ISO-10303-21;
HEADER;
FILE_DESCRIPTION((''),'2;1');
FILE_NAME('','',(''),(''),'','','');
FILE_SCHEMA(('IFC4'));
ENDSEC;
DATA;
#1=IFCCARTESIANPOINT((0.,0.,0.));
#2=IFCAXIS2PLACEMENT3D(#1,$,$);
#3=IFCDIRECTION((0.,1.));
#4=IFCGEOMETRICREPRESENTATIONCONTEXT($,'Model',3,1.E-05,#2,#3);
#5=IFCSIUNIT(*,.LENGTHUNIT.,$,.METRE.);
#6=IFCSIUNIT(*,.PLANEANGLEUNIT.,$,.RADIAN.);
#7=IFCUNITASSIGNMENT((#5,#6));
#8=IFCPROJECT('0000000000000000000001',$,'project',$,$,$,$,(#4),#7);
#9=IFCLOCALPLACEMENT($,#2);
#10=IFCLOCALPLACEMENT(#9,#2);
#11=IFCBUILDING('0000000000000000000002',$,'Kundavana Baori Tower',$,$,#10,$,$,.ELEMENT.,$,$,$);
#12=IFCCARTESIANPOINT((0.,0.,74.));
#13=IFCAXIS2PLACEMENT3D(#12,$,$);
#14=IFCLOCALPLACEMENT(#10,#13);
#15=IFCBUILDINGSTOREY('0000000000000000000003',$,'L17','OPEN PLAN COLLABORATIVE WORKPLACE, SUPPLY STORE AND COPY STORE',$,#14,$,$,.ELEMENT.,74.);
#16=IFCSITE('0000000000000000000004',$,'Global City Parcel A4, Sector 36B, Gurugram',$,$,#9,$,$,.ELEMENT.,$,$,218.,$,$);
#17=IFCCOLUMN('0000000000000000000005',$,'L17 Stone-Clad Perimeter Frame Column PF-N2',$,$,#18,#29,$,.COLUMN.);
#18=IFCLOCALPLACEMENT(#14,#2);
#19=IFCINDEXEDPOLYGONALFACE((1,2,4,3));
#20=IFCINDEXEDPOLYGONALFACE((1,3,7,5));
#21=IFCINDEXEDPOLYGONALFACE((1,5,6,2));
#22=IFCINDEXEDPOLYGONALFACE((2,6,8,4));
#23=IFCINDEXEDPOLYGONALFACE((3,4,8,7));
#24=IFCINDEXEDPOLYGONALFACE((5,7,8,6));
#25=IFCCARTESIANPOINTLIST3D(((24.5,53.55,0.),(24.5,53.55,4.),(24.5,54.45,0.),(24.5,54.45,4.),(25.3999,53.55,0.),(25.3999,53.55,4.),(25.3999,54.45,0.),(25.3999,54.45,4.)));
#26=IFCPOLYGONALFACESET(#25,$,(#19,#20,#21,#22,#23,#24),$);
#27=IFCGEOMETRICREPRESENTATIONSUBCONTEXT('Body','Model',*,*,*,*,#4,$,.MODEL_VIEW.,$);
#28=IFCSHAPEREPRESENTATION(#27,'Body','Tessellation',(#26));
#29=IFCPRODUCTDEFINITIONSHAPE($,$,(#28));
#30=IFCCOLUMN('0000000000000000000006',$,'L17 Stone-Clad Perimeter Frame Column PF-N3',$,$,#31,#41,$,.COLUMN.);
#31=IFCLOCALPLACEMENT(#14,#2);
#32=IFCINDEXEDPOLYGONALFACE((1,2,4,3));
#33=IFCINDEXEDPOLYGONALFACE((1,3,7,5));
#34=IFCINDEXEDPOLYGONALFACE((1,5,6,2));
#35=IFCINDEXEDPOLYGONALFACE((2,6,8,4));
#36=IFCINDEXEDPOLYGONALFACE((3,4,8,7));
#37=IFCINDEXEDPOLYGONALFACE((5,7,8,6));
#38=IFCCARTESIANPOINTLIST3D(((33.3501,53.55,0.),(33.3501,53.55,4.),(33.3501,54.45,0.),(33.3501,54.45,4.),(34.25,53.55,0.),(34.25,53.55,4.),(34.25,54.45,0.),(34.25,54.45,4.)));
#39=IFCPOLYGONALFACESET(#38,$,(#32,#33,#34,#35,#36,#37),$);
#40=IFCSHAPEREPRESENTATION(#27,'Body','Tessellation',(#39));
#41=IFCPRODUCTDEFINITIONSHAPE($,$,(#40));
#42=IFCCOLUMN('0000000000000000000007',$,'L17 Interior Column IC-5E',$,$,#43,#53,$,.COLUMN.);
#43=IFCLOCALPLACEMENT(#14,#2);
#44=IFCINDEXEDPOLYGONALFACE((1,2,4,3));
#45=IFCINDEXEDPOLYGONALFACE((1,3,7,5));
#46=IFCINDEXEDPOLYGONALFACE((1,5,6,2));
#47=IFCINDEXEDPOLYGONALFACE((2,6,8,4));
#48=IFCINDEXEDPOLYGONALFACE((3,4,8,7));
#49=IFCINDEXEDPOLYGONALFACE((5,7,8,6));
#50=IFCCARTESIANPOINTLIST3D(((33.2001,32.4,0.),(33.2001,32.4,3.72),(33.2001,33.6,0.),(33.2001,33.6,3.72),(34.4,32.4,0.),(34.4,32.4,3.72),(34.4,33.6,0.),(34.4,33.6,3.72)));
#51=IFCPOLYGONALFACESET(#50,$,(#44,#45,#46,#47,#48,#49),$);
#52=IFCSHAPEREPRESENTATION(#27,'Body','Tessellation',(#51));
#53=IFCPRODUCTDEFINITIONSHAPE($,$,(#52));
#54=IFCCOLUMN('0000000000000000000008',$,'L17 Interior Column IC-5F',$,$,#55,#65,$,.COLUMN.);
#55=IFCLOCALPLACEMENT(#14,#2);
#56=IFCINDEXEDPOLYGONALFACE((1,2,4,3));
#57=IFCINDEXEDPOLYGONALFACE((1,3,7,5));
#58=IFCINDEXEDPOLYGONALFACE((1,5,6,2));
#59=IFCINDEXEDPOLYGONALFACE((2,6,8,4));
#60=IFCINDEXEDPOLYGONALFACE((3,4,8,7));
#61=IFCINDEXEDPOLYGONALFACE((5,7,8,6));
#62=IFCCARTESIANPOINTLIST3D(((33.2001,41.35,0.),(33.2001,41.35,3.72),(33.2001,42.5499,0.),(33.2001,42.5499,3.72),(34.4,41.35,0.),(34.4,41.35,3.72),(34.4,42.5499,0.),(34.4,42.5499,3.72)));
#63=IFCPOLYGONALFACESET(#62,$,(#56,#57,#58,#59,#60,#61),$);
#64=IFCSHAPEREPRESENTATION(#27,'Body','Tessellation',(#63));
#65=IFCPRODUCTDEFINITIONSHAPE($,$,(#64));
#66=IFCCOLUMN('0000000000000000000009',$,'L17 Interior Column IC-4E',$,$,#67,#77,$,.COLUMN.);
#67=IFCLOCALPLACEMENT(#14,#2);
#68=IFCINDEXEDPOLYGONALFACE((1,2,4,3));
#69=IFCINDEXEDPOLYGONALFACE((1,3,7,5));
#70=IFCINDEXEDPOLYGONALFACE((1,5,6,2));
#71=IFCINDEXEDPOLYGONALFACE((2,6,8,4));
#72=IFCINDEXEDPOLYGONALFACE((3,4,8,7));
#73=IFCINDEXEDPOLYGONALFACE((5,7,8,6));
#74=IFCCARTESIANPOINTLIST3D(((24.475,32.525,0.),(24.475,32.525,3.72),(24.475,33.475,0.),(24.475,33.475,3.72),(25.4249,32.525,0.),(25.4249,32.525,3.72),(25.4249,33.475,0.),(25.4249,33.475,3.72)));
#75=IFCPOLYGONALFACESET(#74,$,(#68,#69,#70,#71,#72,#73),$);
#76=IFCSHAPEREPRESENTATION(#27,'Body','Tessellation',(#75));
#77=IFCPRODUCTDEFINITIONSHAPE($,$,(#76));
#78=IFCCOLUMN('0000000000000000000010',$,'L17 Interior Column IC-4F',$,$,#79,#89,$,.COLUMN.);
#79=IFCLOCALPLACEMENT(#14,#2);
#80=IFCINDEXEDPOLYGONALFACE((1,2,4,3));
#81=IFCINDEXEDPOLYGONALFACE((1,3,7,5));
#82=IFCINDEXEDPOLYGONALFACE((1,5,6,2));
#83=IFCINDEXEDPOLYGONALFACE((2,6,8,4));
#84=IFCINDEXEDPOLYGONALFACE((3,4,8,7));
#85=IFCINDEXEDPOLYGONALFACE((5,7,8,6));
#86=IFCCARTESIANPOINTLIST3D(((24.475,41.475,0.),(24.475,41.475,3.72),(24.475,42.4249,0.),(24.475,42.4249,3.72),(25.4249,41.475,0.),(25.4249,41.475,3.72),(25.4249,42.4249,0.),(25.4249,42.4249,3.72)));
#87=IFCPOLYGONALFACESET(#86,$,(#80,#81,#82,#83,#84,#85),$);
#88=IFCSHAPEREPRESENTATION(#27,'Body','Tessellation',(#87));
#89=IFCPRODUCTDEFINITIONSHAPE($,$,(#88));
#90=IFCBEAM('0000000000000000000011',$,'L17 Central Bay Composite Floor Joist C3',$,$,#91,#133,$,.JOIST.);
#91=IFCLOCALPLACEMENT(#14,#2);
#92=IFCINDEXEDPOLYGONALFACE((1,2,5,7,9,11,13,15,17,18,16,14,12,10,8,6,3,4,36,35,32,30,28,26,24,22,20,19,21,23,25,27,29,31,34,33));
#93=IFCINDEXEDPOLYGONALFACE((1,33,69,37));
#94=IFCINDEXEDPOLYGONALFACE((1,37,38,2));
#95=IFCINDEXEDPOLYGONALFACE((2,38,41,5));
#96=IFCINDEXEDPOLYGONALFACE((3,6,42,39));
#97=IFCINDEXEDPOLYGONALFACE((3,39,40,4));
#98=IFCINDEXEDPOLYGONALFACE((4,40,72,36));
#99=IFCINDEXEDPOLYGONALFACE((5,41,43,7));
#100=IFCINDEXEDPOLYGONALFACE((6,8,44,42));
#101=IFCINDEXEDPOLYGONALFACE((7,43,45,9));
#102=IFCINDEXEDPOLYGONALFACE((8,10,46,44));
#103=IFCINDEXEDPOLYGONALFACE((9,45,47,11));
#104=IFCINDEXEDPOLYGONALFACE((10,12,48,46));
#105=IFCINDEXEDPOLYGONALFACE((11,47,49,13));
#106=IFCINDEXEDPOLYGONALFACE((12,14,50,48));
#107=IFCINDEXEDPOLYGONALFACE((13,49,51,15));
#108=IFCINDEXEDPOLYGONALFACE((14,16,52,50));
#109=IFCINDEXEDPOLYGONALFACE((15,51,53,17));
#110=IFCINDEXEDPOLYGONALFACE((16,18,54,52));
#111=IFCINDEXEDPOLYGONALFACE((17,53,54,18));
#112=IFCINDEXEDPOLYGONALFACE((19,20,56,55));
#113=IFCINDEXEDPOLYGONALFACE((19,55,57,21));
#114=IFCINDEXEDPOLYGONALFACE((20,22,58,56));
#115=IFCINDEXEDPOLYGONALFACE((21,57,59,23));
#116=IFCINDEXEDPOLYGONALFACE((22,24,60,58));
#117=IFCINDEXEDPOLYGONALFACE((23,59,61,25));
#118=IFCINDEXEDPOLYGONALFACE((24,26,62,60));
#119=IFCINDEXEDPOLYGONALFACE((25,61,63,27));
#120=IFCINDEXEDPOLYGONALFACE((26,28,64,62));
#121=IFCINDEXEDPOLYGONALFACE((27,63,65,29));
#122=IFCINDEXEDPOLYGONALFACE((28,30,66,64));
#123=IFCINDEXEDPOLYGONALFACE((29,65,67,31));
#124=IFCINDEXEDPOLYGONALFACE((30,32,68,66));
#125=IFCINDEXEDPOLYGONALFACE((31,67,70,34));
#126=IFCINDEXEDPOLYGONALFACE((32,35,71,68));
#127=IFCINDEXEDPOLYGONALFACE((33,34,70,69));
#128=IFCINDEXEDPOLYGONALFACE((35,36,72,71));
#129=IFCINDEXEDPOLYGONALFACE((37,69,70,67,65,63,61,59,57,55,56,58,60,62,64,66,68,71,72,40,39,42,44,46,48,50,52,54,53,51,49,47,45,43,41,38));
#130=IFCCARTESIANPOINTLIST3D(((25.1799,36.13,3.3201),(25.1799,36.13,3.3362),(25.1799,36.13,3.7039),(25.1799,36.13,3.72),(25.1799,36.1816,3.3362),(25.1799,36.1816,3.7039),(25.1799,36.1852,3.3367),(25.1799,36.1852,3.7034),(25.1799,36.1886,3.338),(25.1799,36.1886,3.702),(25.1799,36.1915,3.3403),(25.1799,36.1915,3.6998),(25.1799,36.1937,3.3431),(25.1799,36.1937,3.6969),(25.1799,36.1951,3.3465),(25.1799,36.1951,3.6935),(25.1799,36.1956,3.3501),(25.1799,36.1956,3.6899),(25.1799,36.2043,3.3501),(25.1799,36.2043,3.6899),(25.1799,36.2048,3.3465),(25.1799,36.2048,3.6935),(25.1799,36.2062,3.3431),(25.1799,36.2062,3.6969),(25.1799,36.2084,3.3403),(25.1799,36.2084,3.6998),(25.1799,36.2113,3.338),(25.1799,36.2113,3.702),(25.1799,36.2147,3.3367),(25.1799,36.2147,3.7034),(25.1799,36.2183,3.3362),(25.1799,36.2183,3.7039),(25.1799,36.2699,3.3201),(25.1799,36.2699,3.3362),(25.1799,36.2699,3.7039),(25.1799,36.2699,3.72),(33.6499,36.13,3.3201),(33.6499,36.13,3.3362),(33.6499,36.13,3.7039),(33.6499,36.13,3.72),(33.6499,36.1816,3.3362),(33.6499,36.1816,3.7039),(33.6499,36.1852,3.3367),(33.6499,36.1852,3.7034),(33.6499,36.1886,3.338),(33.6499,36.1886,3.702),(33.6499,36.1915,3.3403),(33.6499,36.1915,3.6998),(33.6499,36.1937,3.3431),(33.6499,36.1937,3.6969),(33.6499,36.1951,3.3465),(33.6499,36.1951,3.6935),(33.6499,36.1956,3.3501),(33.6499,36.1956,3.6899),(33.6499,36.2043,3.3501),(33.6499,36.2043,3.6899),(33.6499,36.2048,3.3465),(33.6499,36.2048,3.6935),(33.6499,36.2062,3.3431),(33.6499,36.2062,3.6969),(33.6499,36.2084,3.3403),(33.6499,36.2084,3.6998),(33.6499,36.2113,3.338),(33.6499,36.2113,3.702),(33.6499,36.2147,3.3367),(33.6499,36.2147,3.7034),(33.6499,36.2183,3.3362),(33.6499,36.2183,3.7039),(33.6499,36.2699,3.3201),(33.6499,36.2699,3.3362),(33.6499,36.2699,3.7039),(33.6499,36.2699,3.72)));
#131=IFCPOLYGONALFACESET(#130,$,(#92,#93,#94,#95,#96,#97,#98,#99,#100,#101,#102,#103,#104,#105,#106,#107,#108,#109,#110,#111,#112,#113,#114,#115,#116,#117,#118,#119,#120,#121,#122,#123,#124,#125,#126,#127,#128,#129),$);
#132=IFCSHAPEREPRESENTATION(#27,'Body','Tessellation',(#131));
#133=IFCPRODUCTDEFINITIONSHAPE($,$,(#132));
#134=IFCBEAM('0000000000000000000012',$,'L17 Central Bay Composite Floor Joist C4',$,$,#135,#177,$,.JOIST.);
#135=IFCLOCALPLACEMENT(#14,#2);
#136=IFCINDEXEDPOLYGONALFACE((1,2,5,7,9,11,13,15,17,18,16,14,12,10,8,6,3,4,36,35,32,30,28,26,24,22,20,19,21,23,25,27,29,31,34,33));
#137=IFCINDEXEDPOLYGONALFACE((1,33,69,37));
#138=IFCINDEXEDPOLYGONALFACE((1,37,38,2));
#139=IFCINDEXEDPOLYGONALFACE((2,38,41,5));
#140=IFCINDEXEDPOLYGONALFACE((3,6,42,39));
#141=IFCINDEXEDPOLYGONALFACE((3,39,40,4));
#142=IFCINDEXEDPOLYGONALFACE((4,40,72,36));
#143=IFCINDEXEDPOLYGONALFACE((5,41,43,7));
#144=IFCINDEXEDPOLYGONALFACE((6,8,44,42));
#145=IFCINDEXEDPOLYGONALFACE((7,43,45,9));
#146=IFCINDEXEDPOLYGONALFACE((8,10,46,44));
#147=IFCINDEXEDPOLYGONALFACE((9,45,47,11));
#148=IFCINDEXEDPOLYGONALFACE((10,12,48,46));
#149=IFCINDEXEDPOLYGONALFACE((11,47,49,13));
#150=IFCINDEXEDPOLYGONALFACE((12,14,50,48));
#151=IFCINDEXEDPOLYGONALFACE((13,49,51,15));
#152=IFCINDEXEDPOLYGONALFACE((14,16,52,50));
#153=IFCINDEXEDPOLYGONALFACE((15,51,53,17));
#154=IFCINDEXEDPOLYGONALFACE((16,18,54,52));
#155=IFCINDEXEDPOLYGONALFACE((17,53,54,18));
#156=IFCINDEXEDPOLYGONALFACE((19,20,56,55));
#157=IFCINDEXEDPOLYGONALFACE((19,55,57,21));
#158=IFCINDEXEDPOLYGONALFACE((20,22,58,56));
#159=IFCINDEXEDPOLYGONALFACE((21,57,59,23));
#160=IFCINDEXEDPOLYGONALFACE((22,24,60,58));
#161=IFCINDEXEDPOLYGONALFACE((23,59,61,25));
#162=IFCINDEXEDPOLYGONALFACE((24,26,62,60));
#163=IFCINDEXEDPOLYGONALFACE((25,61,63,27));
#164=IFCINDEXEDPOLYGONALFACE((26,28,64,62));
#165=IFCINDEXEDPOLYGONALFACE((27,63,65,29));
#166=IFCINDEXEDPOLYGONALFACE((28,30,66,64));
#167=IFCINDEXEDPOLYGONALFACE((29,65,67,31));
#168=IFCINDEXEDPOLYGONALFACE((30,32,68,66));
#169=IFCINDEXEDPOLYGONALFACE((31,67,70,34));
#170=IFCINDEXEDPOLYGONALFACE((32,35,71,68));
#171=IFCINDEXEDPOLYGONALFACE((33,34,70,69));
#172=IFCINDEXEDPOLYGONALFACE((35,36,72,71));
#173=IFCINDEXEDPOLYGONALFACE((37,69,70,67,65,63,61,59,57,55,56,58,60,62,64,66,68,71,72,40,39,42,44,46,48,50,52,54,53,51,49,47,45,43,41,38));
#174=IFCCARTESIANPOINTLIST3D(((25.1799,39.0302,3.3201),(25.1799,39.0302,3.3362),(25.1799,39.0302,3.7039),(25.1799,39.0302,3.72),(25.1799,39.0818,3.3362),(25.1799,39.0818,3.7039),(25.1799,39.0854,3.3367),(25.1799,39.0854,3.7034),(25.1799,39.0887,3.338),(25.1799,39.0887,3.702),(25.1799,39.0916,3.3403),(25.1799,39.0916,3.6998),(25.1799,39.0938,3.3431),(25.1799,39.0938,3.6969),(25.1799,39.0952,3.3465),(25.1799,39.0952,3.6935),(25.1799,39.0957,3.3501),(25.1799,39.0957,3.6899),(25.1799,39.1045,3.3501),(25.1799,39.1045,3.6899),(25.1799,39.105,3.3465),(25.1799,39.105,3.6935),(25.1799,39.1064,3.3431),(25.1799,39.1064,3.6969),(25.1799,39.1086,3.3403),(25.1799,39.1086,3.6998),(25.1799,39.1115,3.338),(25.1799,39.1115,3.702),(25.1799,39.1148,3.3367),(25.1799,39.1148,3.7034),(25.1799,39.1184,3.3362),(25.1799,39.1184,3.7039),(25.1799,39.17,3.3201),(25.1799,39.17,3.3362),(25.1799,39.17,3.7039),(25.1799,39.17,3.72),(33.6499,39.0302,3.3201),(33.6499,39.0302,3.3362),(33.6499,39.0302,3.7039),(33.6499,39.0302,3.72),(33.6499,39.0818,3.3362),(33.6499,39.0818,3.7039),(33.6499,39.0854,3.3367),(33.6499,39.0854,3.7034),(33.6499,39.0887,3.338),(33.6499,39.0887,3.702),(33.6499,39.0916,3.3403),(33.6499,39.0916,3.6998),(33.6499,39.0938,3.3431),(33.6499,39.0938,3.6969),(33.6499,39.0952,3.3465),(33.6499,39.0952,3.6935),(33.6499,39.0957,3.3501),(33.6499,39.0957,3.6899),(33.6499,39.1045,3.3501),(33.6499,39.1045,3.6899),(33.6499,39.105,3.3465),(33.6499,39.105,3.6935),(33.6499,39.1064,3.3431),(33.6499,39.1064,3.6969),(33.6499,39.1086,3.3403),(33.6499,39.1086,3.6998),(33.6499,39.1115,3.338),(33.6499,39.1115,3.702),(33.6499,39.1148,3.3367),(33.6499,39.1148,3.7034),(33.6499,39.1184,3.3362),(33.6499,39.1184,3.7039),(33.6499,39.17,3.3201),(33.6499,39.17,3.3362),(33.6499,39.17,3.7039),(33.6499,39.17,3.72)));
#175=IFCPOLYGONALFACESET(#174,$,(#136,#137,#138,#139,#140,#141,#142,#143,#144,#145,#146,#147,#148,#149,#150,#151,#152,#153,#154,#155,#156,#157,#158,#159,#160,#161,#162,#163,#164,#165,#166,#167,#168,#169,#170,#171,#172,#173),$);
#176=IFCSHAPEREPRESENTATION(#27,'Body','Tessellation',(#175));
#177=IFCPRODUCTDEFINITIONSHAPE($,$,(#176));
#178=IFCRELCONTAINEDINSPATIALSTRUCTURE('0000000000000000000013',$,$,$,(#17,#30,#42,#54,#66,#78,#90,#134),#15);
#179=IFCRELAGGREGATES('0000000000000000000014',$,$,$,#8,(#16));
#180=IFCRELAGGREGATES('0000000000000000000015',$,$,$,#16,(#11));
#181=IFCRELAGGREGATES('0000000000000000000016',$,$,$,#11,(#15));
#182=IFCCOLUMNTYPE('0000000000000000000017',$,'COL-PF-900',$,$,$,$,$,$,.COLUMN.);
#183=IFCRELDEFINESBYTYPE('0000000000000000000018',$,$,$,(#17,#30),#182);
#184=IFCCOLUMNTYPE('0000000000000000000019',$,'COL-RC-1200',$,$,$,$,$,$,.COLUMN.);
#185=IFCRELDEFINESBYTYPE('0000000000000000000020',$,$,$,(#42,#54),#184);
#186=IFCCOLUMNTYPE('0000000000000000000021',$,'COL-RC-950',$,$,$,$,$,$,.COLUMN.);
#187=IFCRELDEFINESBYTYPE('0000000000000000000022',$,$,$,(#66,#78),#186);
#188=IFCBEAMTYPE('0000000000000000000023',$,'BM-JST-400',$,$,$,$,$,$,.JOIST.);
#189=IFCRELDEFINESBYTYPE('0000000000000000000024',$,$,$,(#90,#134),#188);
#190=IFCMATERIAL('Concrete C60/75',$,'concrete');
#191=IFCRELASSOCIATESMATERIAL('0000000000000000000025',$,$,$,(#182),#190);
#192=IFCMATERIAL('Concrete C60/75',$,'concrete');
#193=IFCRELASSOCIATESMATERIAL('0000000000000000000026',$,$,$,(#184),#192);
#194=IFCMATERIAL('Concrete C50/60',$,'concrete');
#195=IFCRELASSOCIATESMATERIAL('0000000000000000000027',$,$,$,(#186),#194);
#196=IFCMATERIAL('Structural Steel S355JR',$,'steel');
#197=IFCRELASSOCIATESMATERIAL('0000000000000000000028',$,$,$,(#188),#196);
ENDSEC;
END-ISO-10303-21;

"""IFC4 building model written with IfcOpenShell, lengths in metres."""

from ifc_helpers import new_model, si_unit, direction, frame, origin, origin_2d, place, context, subcontext, project, spatial, rectangle, i_section, extrude, material, material_profile, profile_set, type_object, element, save


model = new_model("IFC4")

# Units and contexts
model_context = context("Model", 3, precision=1e-05, world=origin(), true_north=direction((0.0, 1.0)))
body_context = subcontext(model_context, "Body", "Model", "MODEL_VIEW")
ifc_project = project(units=[si_unit("LENGTHUNIT", "METRE"), si_unit("PLANEANGLEUNIT", "RADIAN")], contexts=[model_context])

# Site, building, storey
site_placement = place(None, origin())
site = spatial("IfcSite", under=ifc_project, at=site_placement, Name="Global City Parcel A4, Sector 36B, Gurugram", CompositionType="ELEMENT", RefElevation=218.0)
building_placement = place(site_placement, origin())
building = spatial("IfcBuilding", under=site, at=building_placement, Name="Kundavana Baori Tower", CompositionType="ELEMENT")
storey_placement = place(building_placement, frame((0.0, 0.0, 74.0)))
storey = spatial("IfcBuildingStorey", under=building, at=storey_placement, Name="L17", Description="OPEN PLAN COLLABORATIVE WORKPLACE, SUPPLY STORE AND COPY STORE", CompositionType="ELEMENT", Elevation=74.0)

# Columns
ifc_material_1 = material(Name="Concrete C60/75", Category="concrete")
ifc_material_profile_1 = material_profile(ifc_material_1, rectangle(XDim=0.8999, YDim=0.8999, at=origin_2d()), Name="RC PF 900x900")
ifc_profile_set_1 = profile_set([ifc_material_profile_1], Name="Concrete C60/75")
column_type_1 = type_object("IfcColumnType", Name="COL-PF-900", PredefinedType="COLUMN", material=ifc_profile_set_1)
for number, where, z_axis, x_axis, name in (
    (1, (24.95, 54.0, 0.0), (0.0, 0.0, 1.0), (1.0, 0.0, 0.0), "L17 Stone-Clad Perimeter Frame Column PF-N2"),
    (2, (33.8, 54.0, 0.0), (0.0, 0.0, 1.0), (1.0, 0.0, 0.0), "L17 Stone-Clad Perimeter Frame Column PF-N3"),
):
    element("IfcColumn", number, at=place(storey_placement, frame(where, z_axis=z_axis, x_axis=x_axis)), inside=storey, type_object=column_type_1, Name=name, PredefinedType="COLUMN", context=body_context, shape_type="SweptSolid", body=[
        extrude(rectangle(XDim=0.8999, YDim=0.8999, at=origin_2d()), origin(), (0.0, 0.0, 1.0), 4.0),
    ])
ifc_material_2 = material(Name="Concrete C60/75", Category="concrete")
ifc_material_profile_2 = material_profile(ifc_material_2, rectangle(XDim=1.2, YDim=1.2, at=origin_2d()), Name="RC 1200x1200")
ifc_profile_set_2 = profile_set([ifc_material_profile_2], Name="Concrete C60/75")
column_type_2 = type_object("IfcColumnType", Name="COL-RC-1200", PredefinedType="COLUMN", material=ifc_profile_set_2)
for number, where, z_axis, x_axis, name in (
    (3, (33.8, 33.0, 0.0), (0.0, 0.0, 1.0), (1.0, 0.0, 0.0), "L17 Interior Column IC-5E"),
    (4, (33.8, 41.95, 0.0), (0.0, 0.0, 1.0), (1.0, 0.0, 0.0), "L17 Interior Column IC-5F"),
):
    element("IfcColumn", number, at=place(storey_placement, frame(where, z_axis=z_axis, x_axis=x_axis)), inside=storey, type_object=column_type_2, Name=name, PredefinedType="COLUMN", context=body_context, shape_type="SweptSolid", body=[
        extrude(rectangle(XDim=1.2, YDim=1.2, at=origin_2d()), origin(), (0.0, 0.0, 1.0), 3.72),
    ])
ifc_material_3 = material(Name="Concrete C50/60", Category="concrete")
ifc_material_profile_3 = material_profile(ifc_material_3, rectangle(XDim=0.95, YDim=0.95, at=origin_2d()), Name="RC 950x950")
ifc_profile_set_3 = profile_set([ifc_material_profile_3], Name="Concrete C50/60")
column_type_3 = type_object("IfcColumnType", Name="COL-RC-950", PredefinedType="COLUMN", material=ifc_profile_set_3)
for number, where, z_axis, x_axis, name in (
    (5, (24.95, 33.0, 0.0), (0.0, 0.0, 1.0), (1.0, 0.0, 0.0), "L17 Interior Column IC-4E"),
    (6, (24.95, 41.95, 0.0), (0.0, 0.0, 1.0), (1.0, 0.0, 0.0), "L17 Interior Column IC-4F"),
):
    element("IfcColumn", number, at=place(storey_placement, frame(where, z_axis=z_axis, x_axis=x_axis)), inside=storey, type_object=column_type_3, Name=name, PredefinedType="COLUMN", context=body_context, shape_type="SweptSolid", body=[
        extrude(rectangle(XDim=0.95, YDim=0.95, at=origin_2d()), origin(), (0.0, 0.0, 1.0), 3.72),
    ])

# Beams
ifc_material_4 = material(Name="Structural Steel S355JR", Category="steel")
ifc_material_profile_4 = material_profile(ifc_material_4, i_section(OverallWidth=0.1399, OverallDepth=0.3999, WebThickness=0.0088, FlangeThickness=0.0161, FilletRadius=0.0139, at=origin_2d()), Name="ISMB 400")
ifc_profile_set_4 = profile_set([ifc_material_profile_4], Name="Structural Steel S355JR")
beam_type_1 = type_object("IfcBeamType", Name="BM-JST-400", PredefinedType="JOIST", material=ifc_profile_set_4)
for number, where, z_axis, x_axis, name in (
    (7, (25.1799, 36.2, 3.52), (1.0, 0.0, 0.0), (0.0, 1.0, 0.0), "L17 Central Bay Composite Floor Joist C3"),
    (8, (25.1799, 39.1001, 3.52), (1.0, 0.0, 0.0), (0.0, 1.0, 0.0), "L17 Central Bay Composite Floor Joist C4"),
):
    element("IfcBeam", number, at=place(storey_placement, frame(where, z_axis=z_axis, x_axis=x_axis)), inside=storey, type_object=beam_type_1, Name=name, PredefinedType="JOIST", context=body_context, shape_type="SweptSolid", body=[
        extrude(i_section(OverallWidth=0.1399, OverallDepth=0.3999, WebThickness=0.0088, FlangeThickness=0.0161, FilletRadius=0.0139, at=origin_2d()), origin(), (0.0, 0.0, 1.0), 8.47),
    ])

save(model, "model.ifc")
